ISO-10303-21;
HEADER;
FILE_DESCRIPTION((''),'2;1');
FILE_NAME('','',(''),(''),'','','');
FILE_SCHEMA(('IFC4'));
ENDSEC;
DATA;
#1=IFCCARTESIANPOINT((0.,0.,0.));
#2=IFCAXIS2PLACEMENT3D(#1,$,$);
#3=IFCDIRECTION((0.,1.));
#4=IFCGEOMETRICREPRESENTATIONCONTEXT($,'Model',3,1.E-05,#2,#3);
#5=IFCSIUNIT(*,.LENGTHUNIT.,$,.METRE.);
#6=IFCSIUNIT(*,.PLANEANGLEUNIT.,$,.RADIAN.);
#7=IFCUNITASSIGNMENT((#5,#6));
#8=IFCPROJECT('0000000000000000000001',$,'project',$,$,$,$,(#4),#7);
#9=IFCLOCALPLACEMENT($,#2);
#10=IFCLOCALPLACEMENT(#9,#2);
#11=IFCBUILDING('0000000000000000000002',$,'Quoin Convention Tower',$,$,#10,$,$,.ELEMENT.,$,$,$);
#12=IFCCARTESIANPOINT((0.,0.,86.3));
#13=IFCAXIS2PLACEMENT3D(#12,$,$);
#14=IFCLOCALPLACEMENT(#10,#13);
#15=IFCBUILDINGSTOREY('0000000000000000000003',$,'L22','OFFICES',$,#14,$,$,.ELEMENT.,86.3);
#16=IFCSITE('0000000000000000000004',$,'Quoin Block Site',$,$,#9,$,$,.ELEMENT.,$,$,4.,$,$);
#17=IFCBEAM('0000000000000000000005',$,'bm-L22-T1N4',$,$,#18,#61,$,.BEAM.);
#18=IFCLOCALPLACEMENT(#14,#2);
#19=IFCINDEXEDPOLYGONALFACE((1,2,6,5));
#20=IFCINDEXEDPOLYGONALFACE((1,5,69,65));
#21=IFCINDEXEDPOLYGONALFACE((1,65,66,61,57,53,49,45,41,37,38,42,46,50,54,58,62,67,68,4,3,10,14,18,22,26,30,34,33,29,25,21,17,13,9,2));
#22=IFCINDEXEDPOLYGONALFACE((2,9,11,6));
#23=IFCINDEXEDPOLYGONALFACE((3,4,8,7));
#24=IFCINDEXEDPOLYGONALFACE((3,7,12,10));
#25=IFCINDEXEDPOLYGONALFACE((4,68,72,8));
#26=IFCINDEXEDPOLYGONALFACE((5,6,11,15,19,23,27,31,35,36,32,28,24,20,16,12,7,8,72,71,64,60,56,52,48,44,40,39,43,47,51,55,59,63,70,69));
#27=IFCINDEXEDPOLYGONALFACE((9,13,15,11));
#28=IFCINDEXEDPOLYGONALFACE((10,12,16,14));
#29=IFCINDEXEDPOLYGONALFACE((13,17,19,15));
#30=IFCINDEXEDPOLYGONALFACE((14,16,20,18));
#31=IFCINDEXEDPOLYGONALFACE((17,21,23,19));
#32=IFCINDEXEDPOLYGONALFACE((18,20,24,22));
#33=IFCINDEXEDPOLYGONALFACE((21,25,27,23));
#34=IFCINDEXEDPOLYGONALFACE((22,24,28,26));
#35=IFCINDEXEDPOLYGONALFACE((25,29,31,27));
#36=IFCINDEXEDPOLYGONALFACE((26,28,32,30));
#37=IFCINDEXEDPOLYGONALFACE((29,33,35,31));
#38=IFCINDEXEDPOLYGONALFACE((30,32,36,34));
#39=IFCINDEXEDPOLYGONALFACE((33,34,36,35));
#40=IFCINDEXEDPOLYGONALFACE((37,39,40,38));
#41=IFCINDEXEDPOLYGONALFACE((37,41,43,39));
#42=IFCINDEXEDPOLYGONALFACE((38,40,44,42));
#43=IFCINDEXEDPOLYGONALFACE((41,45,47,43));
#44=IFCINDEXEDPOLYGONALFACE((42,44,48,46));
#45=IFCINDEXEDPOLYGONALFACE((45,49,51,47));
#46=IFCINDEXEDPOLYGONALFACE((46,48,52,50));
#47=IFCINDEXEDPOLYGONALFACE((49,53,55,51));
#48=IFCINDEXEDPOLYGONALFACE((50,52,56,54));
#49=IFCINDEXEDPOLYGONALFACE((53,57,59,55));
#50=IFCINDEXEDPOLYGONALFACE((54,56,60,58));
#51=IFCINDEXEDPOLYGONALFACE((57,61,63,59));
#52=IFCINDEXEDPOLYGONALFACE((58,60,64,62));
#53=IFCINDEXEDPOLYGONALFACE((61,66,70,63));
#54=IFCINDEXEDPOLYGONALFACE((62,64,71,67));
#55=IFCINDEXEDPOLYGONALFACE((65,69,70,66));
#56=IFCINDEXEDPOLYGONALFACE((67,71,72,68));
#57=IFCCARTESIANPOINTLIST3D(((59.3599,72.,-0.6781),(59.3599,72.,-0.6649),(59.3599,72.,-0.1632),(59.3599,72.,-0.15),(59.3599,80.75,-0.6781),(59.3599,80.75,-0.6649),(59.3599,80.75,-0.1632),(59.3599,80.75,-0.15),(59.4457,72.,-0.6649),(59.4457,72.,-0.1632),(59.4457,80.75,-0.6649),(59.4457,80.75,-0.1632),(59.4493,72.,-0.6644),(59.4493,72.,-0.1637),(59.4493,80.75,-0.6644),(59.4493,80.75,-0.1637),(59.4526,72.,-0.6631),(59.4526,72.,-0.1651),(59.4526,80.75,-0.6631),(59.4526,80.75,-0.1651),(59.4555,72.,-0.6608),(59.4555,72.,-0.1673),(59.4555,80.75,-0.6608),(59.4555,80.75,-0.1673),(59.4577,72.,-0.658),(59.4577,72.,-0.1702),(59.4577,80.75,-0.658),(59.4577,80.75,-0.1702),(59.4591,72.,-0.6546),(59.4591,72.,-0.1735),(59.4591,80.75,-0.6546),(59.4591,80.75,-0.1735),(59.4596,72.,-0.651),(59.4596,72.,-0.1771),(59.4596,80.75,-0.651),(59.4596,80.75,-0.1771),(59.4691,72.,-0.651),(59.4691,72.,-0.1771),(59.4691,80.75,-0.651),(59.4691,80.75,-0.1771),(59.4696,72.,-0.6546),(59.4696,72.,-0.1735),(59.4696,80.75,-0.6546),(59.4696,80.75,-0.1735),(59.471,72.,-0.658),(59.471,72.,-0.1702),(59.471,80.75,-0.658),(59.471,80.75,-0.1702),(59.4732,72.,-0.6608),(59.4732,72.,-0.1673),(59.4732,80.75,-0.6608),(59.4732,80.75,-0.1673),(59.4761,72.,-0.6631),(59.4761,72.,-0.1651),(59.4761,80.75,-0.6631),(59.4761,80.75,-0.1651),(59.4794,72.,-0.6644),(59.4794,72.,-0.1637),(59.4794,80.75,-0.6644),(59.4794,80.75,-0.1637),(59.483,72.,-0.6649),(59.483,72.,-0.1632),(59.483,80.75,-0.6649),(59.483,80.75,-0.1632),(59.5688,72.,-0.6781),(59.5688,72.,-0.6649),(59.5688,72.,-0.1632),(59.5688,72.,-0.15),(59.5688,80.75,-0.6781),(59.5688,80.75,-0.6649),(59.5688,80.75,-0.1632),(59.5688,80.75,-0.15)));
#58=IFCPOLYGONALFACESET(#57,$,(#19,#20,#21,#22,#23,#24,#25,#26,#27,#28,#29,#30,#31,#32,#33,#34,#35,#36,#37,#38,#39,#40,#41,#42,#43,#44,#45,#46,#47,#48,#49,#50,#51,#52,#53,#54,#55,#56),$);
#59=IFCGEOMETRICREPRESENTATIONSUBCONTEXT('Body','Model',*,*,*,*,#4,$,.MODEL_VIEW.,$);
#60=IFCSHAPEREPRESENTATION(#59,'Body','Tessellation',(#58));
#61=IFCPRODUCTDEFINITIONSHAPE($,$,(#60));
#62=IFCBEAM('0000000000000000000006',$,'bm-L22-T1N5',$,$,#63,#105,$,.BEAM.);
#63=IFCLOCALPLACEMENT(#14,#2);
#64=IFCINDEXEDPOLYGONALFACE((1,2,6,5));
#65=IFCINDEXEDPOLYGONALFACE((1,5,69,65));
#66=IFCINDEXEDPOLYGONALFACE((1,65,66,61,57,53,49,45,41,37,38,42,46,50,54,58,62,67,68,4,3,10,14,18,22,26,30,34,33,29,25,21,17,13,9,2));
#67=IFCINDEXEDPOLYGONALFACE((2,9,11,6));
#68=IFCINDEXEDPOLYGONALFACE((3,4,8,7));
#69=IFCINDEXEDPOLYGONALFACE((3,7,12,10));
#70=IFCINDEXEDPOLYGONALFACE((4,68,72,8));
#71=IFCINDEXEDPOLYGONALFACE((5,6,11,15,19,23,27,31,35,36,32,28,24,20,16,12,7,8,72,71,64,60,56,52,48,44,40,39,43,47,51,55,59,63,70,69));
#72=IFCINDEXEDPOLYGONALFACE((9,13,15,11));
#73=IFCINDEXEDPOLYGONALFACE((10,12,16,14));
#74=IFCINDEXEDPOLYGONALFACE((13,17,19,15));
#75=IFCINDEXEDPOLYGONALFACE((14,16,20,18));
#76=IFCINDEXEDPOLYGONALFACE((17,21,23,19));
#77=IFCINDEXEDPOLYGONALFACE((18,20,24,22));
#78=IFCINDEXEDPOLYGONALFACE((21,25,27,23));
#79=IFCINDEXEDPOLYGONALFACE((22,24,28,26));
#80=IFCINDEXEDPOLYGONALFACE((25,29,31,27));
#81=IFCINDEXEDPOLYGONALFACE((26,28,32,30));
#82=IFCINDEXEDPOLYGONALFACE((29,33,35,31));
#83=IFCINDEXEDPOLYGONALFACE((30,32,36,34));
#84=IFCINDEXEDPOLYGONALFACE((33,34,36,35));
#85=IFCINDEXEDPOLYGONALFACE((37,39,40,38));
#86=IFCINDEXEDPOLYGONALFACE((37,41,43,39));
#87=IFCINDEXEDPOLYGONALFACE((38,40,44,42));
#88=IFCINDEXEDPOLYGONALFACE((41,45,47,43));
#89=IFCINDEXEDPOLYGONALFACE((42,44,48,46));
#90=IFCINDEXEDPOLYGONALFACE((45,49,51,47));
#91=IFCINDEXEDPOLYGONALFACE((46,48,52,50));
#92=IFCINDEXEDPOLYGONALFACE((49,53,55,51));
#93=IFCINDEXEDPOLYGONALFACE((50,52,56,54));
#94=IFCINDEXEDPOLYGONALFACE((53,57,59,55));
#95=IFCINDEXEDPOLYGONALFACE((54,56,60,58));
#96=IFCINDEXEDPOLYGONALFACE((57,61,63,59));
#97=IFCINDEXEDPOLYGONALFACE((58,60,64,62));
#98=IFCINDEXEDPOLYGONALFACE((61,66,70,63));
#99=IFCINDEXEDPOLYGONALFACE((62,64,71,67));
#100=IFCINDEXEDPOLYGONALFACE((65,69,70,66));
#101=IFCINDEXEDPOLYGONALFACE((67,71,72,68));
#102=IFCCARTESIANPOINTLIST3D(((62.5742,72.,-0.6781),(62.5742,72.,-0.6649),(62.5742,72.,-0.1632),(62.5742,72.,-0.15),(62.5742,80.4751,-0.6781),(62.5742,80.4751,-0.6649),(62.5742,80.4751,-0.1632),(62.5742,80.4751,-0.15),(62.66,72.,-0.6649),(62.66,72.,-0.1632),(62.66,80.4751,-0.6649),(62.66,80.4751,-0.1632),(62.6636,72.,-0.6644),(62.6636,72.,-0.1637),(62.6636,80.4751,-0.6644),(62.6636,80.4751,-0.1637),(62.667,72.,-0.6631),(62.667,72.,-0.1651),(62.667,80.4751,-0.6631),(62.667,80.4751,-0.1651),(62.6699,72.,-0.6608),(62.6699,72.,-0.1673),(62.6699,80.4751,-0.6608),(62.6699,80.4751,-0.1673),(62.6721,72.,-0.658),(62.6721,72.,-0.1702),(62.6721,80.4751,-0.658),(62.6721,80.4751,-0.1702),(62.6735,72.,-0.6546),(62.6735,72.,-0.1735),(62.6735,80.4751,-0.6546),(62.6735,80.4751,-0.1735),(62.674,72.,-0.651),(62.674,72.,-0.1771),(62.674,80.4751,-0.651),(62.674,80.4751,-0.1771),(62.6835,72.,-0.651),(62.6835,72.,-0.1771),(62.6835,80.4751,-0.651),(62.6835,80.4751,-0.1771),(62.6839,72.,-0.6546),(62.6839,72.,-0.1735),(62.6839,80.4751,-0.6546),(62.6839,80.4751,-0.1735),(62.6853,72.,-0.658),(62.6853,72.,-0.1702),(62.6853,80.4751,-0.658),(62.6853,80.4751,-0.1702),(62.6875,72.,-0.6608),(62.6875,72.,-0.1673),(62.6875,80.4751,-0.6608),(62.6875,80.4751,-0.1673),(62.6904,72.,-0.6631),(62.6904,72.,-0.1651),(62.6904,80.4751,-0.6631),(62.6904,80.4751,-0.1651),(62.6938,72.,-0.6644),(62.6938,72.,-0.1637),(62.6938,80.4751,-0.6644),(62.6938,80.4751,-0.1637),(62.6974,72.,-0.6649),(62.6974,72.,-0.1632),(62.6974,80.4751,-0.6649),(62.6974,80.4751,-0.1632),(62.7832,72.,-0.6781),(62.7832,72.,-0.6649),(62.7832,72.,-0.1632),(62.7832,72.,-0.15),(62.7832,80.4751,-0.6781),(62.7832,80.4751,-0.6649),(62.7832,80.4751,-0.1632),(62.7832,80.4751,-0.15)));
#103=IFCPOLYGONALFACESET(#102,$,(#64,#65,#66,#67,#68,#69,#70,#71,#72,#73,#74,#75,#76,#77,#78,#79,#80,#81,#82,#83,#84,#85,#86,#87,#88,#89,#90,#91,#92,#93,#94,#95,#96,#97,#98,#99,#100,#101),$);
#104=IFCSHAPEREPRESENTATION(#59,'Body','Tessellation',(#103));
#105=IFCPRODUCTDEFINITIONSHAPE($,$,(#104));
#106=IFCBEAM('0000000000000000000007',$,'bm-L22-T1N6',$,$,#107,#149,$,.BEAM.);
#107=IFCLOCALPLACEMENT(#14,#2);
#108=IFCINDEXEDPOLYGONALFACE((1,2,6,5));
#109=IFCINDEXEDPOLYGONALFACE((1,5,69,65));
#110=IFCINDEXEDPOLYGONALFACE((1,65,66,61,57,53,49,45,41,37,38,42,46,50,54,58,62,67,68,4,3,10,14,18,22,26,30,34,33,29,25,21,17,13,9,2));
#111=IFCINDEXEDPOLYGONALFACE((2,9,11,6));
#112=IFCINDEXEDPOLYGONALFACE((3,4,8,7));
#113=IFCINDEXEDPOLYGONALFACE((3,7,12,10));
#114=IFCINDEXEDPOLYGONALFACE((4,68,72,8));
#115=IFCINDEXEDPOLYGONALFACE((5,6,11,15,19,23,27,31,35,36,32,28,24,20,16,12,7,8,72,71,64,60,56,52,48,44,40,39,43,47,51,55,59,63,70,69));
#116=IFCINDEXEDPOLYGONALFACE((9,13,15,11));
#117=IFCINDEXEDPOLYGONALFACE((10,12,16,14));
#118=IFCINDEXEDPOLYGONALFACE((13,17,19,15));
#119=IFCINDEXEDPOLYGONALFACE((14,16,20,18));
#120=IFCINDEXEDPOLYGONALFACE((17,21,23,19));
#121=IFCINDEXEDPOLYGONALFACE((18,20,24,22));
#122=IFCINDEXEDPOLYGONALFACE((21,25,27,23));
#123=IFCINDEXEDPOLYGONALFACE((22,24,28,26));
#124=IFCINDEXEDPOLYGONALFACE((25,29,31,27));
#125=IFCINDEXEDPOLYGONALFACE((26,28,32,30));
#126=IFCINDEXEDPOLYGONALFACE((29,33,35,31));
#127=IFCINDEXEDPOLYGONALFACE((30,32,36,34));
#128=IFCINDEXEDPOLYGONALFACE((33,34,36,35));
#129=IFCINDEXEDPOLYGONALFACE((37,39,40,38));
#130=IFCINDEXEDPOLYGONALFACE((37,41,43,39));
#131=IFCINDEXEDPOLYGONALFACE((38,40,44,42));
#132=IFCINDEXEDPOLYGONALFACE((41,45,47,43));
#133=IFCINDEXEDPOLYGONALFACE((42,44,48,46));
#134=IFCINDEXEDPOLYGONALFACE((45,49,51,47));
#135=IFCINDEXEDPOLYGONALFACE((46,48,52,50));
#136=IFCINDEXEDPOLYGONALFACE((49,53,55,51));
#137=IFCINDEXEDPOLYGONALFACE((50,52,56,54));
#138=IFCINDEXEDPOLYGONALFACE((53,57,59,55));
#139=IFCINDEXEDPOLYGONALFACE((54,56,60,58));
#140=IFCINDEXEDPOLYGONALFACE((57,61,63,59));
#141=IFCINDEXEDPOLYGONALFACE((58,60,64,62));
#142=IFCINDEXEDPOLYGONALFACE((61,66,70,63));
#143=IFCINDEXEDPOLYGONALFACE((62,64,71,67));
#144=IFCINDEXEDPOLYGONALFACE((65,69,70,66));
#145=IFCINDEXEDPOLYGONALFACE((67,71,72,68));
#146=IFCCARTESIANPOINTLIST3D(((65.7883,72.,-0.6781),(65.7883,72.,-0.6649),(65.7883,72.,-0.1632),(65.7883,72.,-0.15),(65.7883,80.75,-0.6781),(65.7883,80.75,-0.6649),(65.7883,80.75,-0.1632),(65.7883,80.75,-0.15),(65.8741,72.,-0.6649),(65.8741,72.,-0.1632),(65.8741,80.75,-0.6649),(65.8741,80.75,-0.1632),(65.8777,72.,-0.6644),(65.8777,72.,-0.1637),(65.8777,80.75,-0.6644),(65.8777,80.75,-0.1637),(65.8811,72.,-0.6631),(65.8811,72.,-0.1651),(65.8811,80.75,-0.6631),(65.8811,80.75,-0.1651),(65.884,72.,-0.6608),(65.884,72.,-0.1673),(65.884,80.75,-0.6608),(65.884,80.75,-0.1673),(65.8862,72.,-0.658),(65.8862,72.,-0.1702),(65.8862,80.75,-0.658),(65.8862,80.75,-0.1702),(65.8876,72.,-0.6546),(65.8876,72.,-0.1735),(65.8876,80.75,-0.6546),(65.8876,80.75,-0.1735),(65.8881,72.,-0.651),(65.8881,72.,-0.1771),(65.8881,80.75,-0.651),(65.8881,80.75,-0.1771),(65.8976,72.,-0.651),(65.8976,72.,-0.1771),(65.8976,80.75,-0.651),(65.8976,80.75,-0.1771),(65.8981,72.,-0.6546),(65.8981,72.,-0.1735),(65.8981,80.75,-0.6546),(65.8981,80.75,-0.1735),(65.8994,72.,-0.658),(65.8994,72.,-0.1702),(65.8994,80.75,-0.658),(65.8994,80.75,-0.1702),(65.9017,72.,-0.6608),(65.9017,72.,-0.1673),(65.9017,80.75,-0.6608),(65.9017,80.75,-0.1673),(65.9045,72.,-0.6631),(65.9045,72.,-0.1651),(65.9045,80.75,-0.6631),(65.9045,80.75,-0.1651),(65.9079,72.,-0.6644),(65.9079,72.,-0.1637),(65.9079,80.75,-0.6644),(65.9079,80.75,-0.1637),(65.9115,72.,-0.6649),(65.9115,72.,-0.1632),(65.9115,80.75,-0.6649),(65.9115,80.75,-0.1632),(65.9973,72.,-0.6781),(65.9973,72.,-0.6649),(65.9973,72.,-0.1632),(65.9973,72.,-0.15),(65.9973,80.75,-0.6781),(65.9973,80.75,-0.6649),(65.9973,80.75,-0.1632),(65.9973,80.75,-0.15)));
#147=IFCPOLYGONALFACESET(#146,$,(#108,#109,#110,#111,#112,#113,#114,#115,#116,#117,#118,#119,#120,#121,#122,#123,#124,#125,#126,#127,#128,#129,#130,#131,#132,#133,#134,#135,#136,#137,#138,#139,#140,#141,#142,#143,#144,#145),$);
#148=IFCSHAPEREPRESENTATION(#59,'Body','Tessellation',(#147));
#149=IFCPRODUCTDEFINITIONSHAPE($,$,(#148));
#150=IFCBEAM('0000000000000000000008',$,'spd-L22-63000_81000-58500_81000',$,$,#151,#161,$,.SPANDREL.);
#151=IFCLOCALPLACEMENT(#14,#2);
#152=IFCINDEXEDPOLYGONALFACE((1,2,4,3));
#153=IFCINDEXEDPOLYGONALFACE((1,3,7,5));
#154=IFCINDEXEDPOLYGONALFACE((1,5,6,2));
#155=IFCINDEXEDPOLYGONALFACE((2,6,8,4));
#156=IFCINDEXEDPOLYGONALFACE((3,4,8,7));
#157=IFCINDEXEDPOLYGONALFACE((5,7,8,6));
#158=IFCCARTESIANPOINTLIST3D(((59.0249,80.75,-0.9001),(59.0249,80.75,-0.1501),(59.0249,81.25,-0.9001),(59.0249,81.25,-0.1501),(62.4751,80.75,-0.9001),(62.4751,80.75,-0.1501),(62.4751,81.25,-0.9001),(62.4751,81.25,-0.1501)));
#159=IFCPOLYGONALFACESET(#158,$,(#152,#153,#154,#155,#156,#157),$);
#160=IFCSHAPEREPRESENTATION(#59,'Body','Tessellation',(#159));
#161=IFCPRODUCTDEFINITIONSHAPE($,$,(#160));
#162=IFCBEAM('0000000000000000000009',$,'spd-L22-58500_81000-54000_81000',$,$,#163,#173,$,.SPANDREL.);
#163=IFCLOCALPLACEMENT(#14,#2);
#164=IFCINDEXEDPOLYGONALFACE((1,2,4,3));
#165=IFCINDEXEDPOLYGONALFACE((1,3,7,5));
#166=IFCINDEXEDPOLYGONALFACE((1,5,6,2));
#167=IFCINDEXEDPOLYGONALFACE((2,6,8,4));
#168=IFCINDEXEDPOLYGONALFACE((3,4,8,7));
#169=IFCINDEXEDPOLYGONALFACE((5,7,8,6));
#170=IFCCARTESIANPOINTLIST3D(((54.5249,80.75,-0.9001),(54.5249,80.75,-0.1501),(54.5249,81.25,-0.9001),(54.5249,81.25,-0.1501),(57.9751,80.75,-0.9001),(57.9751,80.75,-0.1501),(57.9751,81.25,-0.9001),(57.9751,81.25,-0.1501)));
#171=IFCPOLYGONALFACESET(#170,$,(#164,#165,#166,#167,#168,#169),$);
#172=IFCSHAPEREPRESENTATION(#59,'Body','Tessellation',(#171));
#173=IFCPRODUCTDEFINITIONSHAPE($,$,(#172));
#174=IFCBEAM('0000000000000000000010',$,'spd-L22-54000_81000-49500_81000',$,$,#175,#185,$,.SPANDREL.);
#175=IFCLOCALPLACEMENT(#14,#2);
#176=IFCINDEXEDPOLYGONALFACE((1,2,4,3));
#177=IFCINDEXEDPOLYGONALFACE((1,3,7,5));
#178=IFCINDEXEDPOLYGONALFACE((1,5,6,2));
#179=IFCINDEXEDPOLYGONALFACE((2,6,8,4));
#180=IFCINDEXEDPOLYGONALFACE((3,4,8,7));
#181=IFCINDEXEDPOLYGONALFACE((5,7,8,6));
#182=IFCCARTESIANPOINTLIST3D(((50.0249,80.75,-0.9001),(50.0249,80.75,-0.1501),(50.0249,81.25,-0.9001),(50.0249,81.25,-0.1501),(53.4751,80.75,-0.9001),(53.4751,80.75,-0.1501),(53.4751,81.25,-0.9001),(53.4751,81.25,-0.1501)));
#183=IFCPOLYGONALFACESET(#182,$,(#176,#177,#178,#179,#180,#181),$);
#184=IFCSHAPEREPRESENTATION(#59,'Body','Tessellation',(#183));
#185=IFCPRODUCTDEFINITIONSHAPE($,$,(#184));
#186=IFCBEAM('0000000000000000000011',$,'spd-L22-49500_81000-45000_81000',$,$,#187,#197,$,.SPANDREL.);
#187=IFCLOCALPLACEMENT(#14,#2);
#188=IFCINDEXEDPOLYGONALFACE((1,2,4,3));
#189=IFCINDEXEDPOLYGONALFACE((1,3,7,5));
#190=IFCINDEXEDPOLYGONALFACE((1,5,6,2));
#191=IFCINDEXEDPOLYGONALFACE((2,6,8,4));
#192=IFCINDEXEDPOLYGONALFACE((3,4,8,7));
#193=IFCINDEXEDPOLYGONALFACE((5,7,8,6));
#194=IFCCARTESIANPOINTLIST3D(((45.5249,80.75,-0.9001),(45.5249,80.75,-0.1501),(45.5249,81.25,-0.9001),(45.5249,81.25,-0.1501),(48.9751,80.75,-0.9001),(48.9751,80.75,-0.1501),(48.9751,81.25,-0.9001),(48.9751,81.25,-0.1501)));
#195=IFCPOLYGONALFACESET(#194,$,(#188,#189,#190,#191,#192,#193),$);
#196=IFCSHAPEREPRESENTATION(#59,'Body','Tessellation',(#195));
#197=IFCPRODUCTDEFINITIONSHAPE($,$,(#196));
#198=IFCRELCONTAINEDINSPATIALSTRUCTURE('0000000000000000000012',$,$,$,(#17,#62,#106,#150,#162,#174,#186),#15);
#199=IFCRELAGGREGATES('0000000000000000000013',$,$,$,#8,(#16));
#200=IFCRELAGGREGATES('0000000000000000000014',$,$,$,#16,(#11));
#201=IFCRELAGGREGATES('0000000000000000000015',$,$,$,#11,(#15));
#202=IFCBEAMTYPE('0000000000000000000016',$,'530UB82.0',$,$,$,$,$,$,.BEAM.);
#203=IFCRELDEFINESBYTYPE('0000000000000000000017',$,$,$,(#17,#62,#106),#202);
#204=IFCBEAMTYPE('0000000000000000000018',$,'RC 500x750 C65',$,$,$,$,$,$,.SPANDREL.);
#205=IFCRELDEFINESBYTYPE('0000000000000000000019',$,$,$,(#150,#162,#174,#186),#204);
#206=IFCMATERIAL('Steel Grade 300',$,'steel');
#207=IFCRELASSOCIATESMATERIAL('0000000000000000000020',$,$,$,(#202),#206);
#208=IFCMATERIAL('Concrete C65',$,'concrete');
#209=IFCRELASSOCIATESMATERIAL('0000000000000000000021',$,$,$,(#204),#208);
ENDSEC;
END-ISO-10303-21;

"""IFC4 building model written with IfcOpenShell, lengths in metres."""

from ifc_helpers import new_model, si_unit, direction, frame, origin, origin_2d, place, context, subcontext, project, spatial, rectangle, i_section, extrude, material, material_profile, profile_set, type_object, element, save


model = new_model("IFC4")

# Units and contexts
model_context = context("Model", 3, precision=1e-05, world=origin(), true_north=direction((0.0, 1.0)))
body_context = subcontext(model_context, "Body", "Model", "MODEL_VIEW")
ifc_project = project(units=[si_unit("LENGTHUNIT", "METRE"), si_unit("PLANEANGLEUNIT", "RADIAN")], contexts=[model_context])

# Site, building, storey
site_placement = place(None, origin())
site = spatial("IfcSite", under=ifc_project, at=site_placement, Name="Quoin Block Site", CompositionType="ELEMENT", RefElevation=4.0)
building_placement = place(site_placement, origin())
building = spatial("IfcBuilding", under=site, at=building_placement, Name="Quoin Convention Tower", CompositionType="ELEMENT")
storey_placement = place(building_placement, frame((0.0, 0.0, 86.3)))
storey = spatial("IfcBuildingStorey", under=building, at=storey_placement, Name="L22", Description="OFFICES", CompositionType="ELEMENT", Elevation=86.3)

# Shared definitions
ifc_material_1 = material(Name="Concrete C65", Category="concrete")

# Beams
ifc_material_2 = material(Name="Steel Grade 300", Category="steel")
ifc_material_profile_1 = material_profile(ifc_material_2, i_section(OverallWidth=0.209, OverallDepth=0.5281, WebThickness=0.0095, FlangeThickness=0.0132, FilletRadius=0.0139, at=origin_2d()), Name="530UB82.0")
ifc_profile_set_1 = profile_set([ifc_material_profile_1], Name="Steel Grade 300")
beam_type_1 = type_object("IfcBeamType", Name="530UB82.0", PredefinedType="BEAM", material=ifc_profile_set_1)
for number, where, z_axis, x_axis, name in (
    (1, (59.4644, 72.0, -0.4141), (0.0, 1.0, 0.0), (-1.0, 0.0, 0.0), "bm-L22-T1N4"),
):
    element("IfcBeam", number, at=place(storey_placement, frame(where, z_axis=z_axis, x_axis=x_axis)), inside=storey, type_object=beam_type_1, Name=name, PredefinedType="BEAM", context=body_context, shape_type="SweptSolid", body=[
        extrude(i_section(OverallWidth=0.209, OverallDepth=0.5281, WebThickness=0.0095, FlangeThickness=0.0132, FilletRadius=0.0139, at=origin_2d()), origin(), (0.0, 0.0, 1.0), 8.75),
    ])
beam_1_placement = place(storey_placement, frame((62.6787, 72.0, -0.4141), z_axis=(0.0, 1.0, 0.0), x_axis=(-1.0, 0.0, 0.0)))
element("IfcBeam", 2, at=beam_1_placement, inside=storey, type_object=beam_type_1, Name="bm-L22-T1N5", PredefinedType="BEAM", context=body_context, shape_type="SweptSolid", body=[
    extrude(i_section(OverallWidth=0.209, OverallDepth=0.5281, WebThickness=0.0095, FlangeThickness=0.0132, FilletRadius=0.0139, at=origin_2d()), origin(), (0.0, 0.0, 1.0), 8.4751),
])
beam_2_placement = place(storey_placement, frame((65.8928, 72.0, -0.4141), z_axis=(0.0, 1.0, 0.0), x_axis=(-1.0, 0.0, 0.0)))
element("IfcBeam", 3, at=beam_2_placement, inside=storey, type_object=beam_type_1, Name="bm-L22-T1N6", PredefinedType="BEAM", context=body_context, shape_type="SweptSolid", body=[
    extrude(i_section(OverallWidth=0.209, OverallDepth=0.5281, WebThickness=0.0095, FlangeThickness=0.0132, FilletRadius=0.0139, at=origin_2d()), origin(), (0.0, 0.0, 1.0), 8.75),
])
ifc_material_profile_2 = material_profile(ifc_material_1, rectangle(XDim=0.5, YDim=0.75, at=origin_2d()), Name="RC 500x750")
ifc_profile_set_2 = profile_set([ifc_material_profile_2], Name="Concrete C65")
beam_type_2 = type_object("IfcBeamType", Name="RC 500x750 C65", PredefinedType="SPANDREL", material=ifc_profile_set_2)
for number, where, z_axis, x_axis, name in (
    (4, (62.4751, 81.0, -0.5251), (-1.0, 0.0, 0.0), (0.0, -1.0, 0.0), "spd-L22-63000_81000-58500_81000"),
    (5, (57.9751, 81.0, -0.5251), (-1.0, 0.0, 0.0), (0.0, -1.0, 0.0), "spd-L22-58500_81000-54000_81000"),
    (6, (53.4751, 81.0, -0.5251), (-1.0, 0.0, 0.0), (0.0, -1.0, 0.0), "spd-L22-54000_81000-49500_81000"),
    (7, (48.9751, 81.0, -0.5251), (-1.0, 0.0, 0.0), (0.0, -1.0, 0.0), "spd-L22-49500_81000-45000_81000"),
):
    element("IfcBeam", number, at=place(storey_placement, frame(where, z_axis=z_axis, x_axis=x_axis)), inside=storey, type_object=beam_type_2, Name=name, PredefinedType="SPANDREL", context=body_context, shape_type="SweptSolid", body=[
        extrude(rectangle(XDim=0.5, YDim=0.75, at=origin_2d()), origin(), (0.0, 0.0, 1.0), 3.4502),
    ])

save(model, "model.ifc")
